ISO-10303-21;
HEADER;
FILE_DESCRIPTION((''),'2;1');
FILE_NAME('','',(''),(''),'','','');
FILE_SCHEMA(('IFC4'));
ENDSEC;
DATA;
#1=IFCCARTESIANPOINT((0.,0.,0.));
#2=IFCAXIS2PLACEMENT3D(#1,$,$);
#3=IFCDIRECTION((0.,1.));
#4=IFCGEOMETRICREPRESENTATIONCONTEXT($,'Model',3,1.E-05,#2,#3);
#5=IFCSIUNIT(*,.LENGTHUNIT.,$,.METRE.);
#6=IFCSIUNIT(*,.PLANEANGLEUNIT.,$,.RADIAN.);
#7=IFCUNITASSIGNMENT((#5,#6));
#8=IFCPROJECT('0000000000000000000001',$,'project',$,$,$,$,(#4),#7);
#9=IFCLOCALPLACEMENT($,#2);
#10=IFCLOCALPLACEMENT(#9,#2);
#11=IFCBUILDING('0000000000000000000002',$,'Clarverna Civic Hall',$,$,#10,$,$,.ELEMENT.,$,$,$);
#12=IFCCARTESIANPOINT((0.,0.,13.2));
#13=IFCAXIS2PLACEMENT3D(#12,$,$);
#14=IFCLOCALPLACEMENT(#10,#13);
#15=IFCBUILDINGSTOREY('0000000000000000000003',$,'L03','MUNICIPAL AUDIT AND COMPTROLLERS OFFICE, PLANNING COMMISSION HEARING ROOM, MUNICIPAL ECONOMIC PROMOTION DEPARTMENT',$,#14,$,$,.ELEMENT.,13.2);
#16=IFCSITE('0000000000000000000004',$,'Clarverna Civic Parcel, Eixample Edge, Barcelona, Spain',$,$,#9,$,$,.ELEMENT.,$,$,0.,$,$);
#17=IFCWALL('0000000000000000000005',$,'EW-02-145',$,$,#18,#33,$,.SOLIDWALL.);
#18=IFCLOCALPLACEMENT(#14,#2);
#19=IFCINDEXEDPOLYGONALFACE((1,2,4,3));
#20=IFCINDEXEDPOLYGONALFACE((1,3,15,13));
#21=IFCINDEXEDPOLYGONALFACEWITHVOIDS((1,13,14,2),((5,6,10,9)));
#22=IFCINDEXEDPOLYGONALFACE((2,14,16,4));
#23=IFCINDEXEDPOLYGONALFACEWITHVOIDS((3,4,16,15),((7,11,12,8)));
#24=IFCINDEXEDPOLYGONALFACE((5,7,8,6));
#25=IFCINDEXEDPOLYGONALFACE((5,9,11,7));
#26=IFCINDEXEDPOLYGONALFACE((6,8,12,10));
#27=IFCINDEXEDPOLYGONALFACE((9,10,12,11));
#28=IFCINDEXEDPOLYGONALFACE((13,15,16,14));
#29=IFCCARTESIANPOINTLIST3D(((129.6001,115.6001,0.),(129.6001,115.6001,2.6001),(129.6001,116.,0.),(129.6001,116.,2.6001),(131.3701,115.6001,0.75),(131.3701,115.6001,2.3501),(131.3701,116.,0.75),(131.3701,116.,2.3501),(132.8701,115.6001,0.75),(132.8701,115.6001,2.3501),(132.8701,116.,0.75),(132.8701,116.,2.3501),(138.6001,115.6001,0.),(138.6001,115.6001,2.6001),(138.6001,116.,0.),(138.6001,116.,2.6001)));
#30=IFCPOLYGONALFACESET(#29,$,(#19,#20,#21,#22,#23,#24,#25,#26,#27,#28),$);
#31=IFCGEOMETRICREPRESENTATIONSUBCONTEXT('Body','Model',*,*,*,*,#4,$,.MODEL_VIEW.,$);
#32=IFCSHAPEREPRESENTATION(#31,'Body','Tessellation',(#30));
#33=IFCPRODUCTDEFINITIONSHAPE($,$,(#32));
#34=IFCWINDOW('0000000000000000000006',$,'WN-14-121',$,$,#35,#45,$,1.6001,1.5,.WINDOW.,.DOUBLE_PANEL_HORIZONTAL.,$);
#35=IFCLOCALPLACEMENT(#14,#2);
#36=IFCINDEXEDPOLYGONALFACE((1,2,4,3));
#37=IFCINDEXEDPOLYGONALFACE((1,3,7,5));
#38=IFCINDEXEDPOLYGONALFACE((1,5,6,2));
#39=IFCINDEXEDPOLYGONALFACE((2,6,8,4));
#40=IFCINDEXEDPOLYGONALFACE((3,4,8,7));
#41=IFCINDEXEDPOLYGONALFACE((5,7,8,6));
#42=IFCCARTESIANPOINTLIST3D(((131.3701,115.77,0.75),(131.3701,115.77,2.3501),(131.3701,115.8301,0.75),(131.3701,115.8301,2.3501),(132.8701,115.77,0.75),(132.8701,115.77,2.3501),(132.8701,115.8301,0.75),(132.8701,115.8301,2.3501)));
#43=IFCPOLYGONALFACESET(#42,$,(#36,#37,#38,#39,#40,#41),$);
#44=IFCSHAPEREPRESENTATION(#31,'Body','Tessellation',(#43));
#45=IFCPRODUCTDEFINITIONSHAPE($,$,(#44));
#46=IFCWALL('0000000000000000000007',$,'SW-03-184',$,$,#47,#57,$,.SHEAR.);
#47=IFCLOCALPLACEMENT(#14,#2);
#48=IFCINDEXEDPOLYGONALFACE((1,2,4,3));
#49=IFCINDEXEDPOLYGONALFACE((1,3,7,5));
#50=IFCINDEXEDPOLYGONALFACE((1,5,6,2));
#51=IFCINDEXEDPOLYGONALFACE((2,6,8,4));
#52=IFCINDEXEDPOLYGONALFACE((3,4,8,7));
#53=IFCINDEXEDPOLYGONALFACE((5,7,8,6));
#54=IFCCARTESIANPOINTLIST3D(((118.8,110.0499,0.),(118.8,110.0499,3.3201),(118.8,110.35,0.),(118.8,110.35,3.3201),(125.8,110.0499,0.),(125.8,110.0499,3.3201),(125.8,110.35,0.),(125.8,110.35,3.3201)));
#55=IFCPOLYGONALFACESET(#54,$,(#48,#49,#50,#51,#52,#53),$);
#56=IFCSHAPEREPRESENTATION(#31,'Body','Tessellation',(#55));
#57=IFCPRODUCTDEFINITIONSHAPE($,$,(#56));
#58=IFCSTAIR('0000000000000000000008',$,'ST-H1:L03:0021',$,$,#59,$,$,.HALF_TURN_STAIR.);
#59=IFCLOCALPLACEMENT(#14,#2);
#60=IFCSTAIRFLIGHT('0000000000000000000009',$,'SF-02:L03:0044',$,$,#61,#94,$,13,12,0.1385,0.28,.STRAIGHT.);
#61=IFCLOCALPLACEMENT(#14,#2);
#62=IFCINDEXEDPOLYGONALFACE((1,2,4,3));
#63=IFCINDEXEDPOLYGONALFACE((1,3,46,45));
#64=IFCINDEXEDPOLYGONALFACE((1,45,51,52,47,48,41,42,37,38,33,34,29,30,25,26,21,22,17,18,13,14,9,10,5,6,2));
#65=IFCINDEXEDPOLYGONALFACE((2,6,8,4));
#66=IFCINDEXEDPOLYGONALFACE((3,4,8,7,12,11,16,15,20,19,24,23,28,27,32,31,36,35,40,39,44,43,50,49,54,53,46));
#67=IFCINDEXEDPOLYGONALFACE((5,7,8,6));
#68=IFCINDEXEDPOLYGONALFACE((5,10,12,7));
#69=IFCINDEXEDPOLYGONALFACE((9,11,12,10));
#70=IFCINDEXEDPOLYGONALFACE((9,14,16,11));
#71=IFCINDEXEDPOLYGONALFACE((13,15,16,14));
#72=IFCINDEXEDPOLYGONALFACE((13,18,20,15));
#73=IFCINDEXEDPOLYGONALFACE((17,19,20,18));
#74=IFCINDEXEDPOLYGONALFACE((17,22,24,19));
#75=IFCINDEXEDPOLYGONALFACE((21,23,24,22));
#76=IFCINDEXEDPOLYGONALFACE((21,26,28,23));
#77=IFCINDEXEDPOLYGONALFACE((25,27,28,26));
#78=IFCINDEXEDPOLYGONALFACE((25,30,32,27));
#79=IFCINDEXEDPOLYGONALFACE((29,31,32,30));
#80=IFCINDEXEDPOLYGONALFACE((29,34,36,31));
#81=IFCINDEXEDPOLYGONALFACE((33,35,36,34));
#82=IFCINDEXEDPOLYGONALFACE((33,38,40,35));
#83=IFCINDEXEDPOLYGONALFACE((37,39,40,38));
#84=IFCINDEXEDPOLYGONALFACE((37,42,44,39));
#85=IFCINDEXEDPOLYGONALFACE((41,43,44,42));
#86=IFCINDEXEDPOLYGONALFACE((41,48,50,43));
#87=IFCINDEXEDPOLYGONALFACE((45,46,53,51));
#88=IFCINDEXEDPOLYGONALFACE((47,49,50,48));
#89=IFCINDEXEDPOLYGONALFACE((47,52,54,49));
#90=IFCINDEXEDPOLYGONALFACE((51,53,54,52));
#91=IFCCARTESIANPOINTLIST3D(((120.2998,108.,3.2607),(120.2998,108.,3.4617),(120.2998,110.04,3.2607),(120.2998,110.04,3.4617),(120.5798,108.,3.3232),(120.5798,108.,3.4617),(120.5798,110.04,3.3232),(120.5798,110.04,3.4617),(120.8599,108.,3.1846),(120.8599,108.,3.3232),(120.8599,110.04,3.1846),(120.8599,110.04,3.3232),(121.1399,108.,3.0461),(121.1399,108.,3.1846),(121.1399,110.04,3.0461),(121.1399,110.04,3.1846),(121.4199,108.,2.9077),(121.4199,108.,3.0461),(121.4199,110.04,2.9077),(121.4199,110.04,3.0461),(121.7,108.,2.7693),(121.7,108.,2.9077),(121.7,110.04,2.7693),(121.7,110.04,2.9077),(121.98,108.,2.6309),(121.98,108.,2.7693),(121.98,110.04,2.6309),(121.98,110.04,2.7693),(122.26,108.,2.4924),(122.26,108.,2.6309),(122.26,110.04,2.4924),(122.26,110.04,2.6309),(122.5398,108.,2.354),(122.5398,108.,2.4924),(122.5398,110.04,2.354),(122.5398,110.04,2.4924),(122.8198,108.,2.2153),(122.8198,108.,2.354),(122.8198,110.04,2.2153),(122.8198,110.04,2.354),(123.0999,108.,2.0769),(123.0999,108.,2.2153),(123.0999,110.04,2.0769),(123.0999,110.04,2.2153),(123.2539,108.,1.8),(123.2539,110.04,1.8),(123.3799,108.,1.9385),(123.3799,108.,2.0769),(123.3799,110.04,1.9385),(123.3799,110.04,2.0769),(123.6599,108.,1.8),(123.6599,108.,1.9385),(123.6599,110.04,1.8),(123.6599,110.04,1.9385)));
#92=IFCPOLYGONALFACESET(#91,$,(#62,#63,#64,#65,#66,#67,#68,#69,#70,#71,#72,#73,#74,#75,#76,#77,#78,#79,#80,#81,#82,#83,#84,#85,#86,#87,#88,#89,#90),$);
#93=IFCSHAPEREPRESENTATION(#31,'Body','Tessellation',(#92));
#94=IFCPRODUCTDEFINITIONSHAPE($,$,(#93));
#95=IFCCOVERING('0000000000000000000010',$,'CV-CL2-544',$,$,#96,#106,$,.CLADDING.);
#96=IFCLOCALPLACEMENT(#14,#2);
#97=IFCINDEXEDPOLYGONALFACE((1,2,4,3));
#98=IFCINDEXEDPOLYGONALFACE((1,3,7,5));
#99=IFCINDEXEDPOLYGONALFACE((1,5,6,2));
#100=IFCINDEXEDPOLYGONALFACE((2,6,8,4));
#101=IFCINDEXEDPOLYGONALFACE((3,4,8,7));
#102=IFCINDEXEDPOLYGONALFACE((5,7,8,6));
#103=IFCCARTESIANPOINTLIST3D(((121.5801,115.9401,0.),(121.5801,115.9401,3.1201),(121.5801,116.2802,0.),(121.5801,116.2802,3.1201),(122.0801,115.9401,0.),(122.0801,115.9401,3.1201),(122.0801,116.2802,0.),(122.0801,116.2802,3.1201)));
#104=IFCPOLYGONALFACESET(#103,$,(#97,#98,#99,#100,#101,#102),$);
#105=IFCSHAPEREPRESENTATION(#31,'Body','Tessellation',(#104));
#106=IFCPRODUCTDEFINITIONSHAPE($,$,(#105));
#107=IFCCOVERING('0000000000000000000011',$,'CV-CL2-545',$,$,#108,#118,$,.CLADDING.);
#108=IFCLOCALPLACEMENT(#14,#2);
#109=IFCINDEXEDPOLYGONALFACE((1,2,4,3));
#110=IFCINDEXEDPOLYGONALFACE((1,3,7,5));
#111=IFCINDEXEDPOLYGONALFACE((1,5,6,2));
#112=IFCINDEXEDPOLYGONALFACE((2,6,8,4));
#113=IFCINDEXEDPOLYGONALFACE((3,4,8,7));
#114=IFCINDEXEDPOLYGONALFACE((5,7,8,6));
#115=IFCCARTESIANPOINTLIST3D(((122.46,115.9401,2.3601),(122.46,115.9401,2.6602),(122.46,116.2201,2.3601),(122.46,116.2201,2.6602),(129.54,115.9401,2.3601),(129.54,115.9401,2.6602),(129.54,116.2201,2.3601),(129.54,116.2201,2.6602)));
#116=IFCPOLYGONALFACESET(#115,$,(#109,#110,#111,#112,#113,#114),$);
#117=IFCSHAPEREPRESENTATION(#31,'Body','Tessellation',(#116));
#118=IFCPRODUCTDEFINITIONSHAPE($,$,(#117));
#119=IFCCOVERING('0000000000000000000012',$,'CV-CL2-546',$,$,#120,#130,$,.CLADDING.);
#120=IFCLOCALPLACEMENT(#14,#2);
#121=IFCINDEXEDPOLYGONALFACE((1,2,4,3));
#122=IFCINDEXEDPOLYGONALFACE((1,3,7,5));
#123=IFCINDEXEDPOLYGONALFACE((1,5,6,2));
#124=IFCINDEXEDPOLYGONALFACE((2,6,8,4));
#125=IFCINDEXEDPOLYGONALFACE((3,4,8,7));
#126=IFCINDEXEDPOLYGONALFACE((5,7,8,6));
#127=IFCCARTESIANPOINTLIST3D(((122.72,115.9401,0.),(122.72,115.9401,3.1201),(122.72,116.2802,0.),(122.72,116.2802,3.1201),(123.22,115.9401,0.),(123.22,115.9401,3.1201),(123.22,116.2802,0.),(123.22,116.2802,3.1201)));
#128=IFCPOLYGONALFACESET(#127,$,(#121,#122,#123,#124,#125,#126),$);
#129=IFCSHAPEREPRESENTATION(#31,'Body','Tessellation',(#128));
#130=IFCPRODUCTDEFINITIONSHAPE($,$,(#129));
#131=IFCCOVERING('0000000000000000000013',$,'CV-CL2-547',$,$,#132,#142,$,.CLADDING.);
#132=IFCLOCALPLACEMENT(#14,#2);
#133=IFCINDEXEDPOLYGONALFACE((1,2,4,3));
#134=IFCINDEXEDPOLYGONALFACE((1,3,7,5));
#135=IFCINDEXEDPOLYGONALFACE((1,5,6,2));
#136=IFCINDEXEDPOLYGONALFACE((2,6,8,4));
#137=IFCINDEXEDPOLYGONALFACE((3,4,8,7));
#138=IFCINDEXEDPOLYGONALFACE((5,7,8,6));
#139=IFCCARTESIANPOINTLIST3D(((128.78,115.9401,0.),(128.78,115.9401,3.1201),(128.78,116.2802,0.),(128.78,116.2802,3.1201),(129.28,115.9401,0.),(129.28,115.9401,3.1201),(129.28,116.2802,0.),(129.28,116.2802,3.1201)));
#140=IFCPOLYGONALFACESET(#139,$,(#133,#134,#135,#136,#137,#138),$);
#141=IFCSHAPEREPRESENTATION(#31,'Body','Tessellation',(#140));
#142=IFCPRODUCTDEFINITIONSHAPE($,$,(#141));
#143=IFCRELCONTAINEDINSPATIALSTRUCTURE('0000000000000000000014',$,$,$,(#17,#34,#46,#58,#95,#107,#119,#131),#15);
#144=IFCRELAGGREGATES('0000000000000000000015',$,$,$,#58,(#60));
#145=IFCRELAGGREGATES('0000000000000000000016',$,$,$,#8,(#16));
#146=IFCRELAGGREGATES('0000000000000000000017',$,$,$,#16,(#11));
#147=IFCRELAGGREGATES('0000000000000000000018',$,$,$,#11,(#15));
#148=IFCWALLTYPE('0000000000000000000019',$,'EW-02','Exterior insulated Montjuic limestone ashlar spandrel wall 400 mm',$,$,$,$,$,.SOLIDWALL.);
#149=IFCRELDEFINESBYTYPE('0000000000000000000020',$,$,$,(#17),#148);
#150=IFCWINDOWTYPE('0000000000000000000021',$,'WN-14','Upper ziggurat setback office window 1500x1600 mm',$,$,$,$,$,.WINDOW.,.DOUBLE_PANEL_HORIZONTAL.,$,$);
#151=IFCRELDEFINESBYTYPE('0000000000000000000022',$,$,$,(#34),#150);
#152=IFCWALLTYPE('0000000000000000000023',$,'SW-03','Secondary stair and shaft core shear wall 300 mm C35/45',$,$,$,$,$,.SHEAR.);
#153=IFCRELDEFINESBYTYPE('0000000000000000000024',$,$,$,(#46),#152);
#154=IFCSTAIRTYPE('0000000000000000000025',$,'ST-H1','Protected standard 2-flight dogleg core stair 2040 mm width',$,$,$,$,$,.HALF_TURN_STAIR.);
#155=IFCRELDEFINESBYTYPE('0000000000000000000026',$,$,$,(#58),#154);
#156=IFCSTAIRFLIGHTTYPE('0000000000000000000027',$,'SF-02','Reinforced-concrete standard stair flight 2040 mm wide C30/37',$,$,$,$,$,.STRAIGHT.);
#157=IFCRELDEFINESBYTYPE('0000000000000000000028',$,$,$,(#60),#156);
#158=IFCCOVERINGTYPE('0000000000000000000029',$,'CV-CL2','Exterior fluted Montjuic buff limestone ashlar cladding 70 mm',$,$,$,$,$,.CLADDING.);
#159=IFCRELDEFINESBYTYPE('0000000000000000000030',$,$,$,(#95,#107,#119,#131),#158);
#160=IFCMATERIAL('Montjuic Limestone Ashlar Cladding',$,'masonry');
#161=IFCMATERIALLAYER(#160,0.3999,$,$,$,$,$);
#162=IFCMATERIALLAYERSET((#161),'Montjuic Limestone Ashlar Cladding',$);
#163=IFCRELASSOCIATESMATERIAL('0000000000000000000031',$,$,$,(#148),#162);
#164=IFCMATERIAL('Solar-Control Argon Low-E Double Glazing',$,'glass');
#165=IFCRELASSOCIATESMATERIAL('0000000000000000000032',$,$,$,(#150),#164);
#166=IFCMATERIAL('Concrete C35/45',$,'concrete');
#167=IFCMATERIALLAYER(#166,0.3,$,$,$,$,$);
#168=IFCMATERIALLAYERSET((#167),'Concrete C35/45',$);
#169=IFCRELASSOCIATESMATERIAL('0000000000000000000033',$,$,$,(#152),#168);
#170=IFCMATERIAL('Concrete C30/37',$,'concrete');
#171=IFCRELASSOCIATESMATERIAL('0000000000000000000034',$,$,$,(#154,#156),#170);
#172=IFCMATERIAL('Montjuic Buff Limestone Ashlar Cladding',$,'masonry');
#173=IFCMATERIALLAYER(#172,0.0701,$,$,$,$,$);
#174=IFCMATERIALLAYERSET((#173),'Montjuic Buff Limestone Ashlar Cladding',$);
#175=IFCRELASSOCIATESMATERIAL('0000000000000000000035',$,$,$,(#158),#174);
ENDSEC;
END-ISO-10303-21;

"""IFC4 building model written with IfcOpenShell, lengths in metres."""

from ifc_helpers import new_model, si_unit, direction, frame, frame_2d, origin, place, context, subcontext, project, spatial, polyline, rectangle, outline, extrude, material, layer, layer_set, type_object, element, fill, aggregate, save


model = new_model("IFC4")

# Units and contexts
model_context = context("Model", 3, precision=1e-05, world=origin(), true_north=direction((0.0, 1.0)))
body_context = subcontext(model_context, "Body", "Model", "MODEL_VIEW")
ifc_project = project(units=[si_unit("LENGTHUNIT", "METRE"), si_unit("PLANEANGLEUNIT", "RADIAN")], contexts=[model_context])

# Site, building, storey
site_placement = place(None, origin())
site = spatial("IfcSite", under=ifc_project, at=site_placement, Name="Clarverna Civic Parcel, Eixample Edge, Barcelona, Spain", CompositionType="ELEMENT", RefElevation=0.0)
building_placement = place(site_placement, origin())
building = spatial("IfcBuilding", under=site, at=building_placement, Name="Clarverna Civic Hall", CompositionType="ELEMENT")
storey_placement = place(building_placement, frame((0.0, 0.0, 13.2)))
storey = spatial("IfcBuildingStorey", under=building, at=storey_placement, Name="L03", Description="MUNICIPAL AUDIT AND COMPTROLLERS OFFICE, PLANNING COMMISSION HEARING ROOM, MUNICIPAL ECONOMIC PROMOTION DEPARTMENT", CompositionType="ELEMENT", Elevation=13.2)

# Shared definitions
ifc_material_1 = material(Name="Concrete C35/45", Category="concrete")

# Shared definitions
ifc_material_2 = material(Name="Montjuic Limestone Ashlar Cladding", Category="masonry")
ifc_layer_1 = layer(ifc_material_2, 0.3999)
ifc_layer_set_1 = layer_set([ifc_layer_1], Name="Montjuic Limestone Ashlar Cladding")
wall_type_1 = type_object("IfcWallType", Name="EW-02", Description="Exterior insulated Montjuic limestone ashlar spandrel wall 400 mm", PredefinedType="SOLIDWALL", material=ifc_layer_set_1)
ifc_material_3 = material(Name="Solar-Control Argon Low-E Double Glazing", Category="glass")
window_type = type_object("IfcWindowType", Name="WN-14", Description="Upper ziggurat setback office window 1500x1600 mm", PartitioningType="DOUBLE_PANEL_HORIZONTAL", PredefinedType="WINDOW", material=ifc_material_3)

# Wall, opening, window
wall_1_placement = place(storey_placement, frame((129.6001, 115.8, 0.0), z_axis=(0.0, 0.0, 1.0), x_axis=(1.0, 0.0, 0.0)))
wall_1 = element("IfcWall", 1, at=wall_1_placement, inside=storey, type_object=wall_type_1, Name="EW-02-145", PredefinedType="SOLIDWALL", context=body_context, shape_type="SweptSolid", body=[
    extrude(rectangle(XDim=9.0, YDim=0.3999, at=frame_2d((4.5, 0.0))), origin(), (0.0, 0.0, 1.0), 2.6001),
])
opening_1_placement = place(wall_1_placement, frame((1.77, 0.0, 0.75)))
opening_1 = element("IfcOpeningElement", 2, at=opening_1_placement, cuts=wall_1, PredefinedType="OPENING", context=body_context, shape_type="SweptSolid", body=[
    extrude(rectangle(XDim=1.5, YDim=1.6001, at=frame_2d((0.75, 0.8))), frame((0.0, 0.21, 0.0), z_axis=(0.0, -1.0, 0.0), x_axis=(1.0, 0.0, 0.0)), (0.0, 0.0, 1.0), 0.4199),
])
window_1_placement = place(opening_1_placement, origin())
window_1 = element("IfcWindow", 3, at=window_1_placement, inside=storey, type_object=window_type, Name="WN-14-121", OverallHeight=1.6001, OverallWidth=1.5, PartitioningType="DOUBLE_PANEL_HORIZONTAL", PredefinedType="WINDOW", context=body_context, shape_type="SweptSolid", body=[
    extrude(rectangle(XDim=1.5, YDim=1.6001, at=frame_2d((0.75, 0.8))), frame((0.0, 0.03, 0.0), z_axis=(0.0, -1.0, 0.0), x_axis=(1.0, 0.0, 0.0)), (0.0, 0.0, 1.0), 0.0601),
])
fill(opening_1, window_1)

# Wall
ifc_layer_2 = layer(ifc_material_1, 0.3)
ifc_layer_set_2 = layer_set([ifc_layer_2], Name="Concrete C35/45")
wall_type_2 = type_object("IfcWallType", Name="SW-03", Description="Secondary stair and shaft core shear wall 300 mm C35/45", PredefinedType="SHEAR", material=ifc_layer_set_2)
wall_2_placement = place(storey_placement, frame((118.8, 110.2, 0.0), z_axis=(0.0, 0.0, 1.0), x_axis=(1.0, 0.0, 0.0)))
element("IfcWall", 4, at=wall_2_placement, inside=storey, type_object=wall_type_2, Name="SW-03-184", PredefinedType="SHEAR", context=body_context, shape_type="SweptSolid", body=[
    extrude(rectangle(XDim=7.0, YDim=0.3, at=frame_2d((3.5, 0.0))), origin(), (0.0, 0.0, 1.0), 3.3201),
])

# Stair, stair flight
ifc_material_4 = material(Name="Concrete C30/37", Category="concrete")
stair_type = type_object("IfcStairType", Name="ST-H1", Description="Protected standard 2-flight dogleg core stair 2040 mm width", PredefinedType="HALF_TURN_STAIR", material=ifc_material_4)
stair_placement = place(storey_placement, origin())
stair = element("IfcStair", 5, at=stair_placement, inside=storey, type_object=stair_type, Name="ST-H1:L03:0021", PredefinedType="HALF_TURN_STAIR")
stair_flight_type = type_object("IfcStairFlightType", Name="SF-02", Description="Reinforced-concrete standard stair flight 2040 mm wide C30/37", PredefinedType="STRAIGHT", material=ifc_material_4)
stair_flight_placement = place(storey_placement, frame((123.6599, 109.02, 1.8), z_axis=(0.0, 0.0, 1.0), x_axis=(-1.0, 0.0, 0.0)))
stair_flight = element("IfcStairFlight", 6, at=stair_flight_placement, type_object=stair_flight_type, Name="SF-02:L03:0044", NumberOfRisers=13, NumberOfTreads=12, PredefinedType="STRAIGHT", RiserHeight=0.1385, TreadLength=0.28, context=body_context, shape_type="SweptSolid", body=[
    extrude(outline(polyline([(0.0, 0.0), (0.0, 0.1384), (0.28, 0.1384), (0.28, 0.2769), (0.5601, 0.2769), (0.5601, 0.4153), (0.8401, 0.4153), (0.8401, 0.554), (1.1201, 0.554), (1.1201, 0.6924), (1.3999, 0.6924), (1.3999, 0.8308), (1.6799, 0.8308), (1.6799, 0.9692), (1.96, 0.9692), (1.96, 1.1077), (2.24, 1.1077), (2.24, 1.2461), (2.52, 1.2461), (2.52, 1.3845), (2.8, 1.3845), (2.8, 1.5232), (3.0801, 1.5232), (3.0801, 1.6616), (3.3601, 1.6616), (3.3601, 1.8), (3.3601, 1.4607), (0.406, 0.0), (0.0, 0.0)])), frame((0.0, 1.02, 0.0), z_axis=(0.0, -1.0, 0.0), x_axis=(1.0, 0.0, 0.0)), (0.0, 0.0, 1.0), 2.04),
])
aggregate(stair, [stair_flight])

# Coverings
ifc_material_5 = material(Name="Montjuic Buff Limestone Ashlar Cladding", Category="masonry")
ifc_layer_3 = layer(ifc_material_5, 0.0701)
ifc_layer_set_3 = layer_set([ifc_layer_3], Name="Montjuic Buff Limestone Ashlar Cladding")
covering_type = type_object("IfcCoveringType", Name="CV-CL2", Description="Exterior fluted Montjuic buff limestone ashlar cladding 70 mm", PredefinedType="CLADDING", material=ifc_layer_set_3)
covering_1_placement = place(storey_placement, frame((121.5801, 116.1101, 0.0), z_axis=(0.0, 0.0, 1.0), x_axis=(1.0, 0.0, 0.0)))
element("IfcCovering", 7, at=covering_1_placement, inside=storey, type_object=covering_type, Name="CV-CL2-544", PredefinedType="CLADDING", context=body_context, shape_type="SweptSolid", body=[
    extrude(rectangle(XDim=0.5, YDim=0.3401, at=frame_2d((0.25, 0.0))), origin(), (0.0, 0.0, 1.0), 3.1201),
])
covering_2_placement = place(storey_placement, frame((122.46, 116.0801, 2.3601), z_axis=(0.0, 0.0, 1.0), x_axis=(1.0, 0.0, 0.0)))
element("IfcCovering", 8, at=covering_2_placement, inside=storey, type_object=covering_type, Name="CV-CL2-545", PredefinedType="CLADDING", context=body_context, shape_type="SweptSolid", body=[
    extrude(rectangle(XDim=7.0801, YDim=0.28, at=frame_2d((3.54, 0.0))), origin(), (0.0, 0.0, 1.0), 0.3),
])
for number, where, z_axis, x_axis, name in (
    (9, (122.72, 116.1101, 0.0), (0.0, 0.0, 1.0), (1.0, 0.0, 0.0), "CV-CL2-546"),
    (10, (128.78, 116.1101, 0.0), (0.0, 0.0, 1.0), (1.0, 0.0, 0.0), "CV-CL2-547"),
):
    element("IfcCovering", number, at=place(storey_placement, frame(where, z_axis=z_axis, x_axis=x_axis)), inside=storey, type_object=covering_type, Name=name, PredefinedType="CLADDING", context=body_context, shape_type="SweptSolid", body=[
        extrude(rectangle(XDim=0.5, YDim=0.3401, at=frame_2d((0.25, 0.0))), origin(), (0.0, 0.0, 1.0), 3.1201),
    ])

save(model, "model.ifc")
